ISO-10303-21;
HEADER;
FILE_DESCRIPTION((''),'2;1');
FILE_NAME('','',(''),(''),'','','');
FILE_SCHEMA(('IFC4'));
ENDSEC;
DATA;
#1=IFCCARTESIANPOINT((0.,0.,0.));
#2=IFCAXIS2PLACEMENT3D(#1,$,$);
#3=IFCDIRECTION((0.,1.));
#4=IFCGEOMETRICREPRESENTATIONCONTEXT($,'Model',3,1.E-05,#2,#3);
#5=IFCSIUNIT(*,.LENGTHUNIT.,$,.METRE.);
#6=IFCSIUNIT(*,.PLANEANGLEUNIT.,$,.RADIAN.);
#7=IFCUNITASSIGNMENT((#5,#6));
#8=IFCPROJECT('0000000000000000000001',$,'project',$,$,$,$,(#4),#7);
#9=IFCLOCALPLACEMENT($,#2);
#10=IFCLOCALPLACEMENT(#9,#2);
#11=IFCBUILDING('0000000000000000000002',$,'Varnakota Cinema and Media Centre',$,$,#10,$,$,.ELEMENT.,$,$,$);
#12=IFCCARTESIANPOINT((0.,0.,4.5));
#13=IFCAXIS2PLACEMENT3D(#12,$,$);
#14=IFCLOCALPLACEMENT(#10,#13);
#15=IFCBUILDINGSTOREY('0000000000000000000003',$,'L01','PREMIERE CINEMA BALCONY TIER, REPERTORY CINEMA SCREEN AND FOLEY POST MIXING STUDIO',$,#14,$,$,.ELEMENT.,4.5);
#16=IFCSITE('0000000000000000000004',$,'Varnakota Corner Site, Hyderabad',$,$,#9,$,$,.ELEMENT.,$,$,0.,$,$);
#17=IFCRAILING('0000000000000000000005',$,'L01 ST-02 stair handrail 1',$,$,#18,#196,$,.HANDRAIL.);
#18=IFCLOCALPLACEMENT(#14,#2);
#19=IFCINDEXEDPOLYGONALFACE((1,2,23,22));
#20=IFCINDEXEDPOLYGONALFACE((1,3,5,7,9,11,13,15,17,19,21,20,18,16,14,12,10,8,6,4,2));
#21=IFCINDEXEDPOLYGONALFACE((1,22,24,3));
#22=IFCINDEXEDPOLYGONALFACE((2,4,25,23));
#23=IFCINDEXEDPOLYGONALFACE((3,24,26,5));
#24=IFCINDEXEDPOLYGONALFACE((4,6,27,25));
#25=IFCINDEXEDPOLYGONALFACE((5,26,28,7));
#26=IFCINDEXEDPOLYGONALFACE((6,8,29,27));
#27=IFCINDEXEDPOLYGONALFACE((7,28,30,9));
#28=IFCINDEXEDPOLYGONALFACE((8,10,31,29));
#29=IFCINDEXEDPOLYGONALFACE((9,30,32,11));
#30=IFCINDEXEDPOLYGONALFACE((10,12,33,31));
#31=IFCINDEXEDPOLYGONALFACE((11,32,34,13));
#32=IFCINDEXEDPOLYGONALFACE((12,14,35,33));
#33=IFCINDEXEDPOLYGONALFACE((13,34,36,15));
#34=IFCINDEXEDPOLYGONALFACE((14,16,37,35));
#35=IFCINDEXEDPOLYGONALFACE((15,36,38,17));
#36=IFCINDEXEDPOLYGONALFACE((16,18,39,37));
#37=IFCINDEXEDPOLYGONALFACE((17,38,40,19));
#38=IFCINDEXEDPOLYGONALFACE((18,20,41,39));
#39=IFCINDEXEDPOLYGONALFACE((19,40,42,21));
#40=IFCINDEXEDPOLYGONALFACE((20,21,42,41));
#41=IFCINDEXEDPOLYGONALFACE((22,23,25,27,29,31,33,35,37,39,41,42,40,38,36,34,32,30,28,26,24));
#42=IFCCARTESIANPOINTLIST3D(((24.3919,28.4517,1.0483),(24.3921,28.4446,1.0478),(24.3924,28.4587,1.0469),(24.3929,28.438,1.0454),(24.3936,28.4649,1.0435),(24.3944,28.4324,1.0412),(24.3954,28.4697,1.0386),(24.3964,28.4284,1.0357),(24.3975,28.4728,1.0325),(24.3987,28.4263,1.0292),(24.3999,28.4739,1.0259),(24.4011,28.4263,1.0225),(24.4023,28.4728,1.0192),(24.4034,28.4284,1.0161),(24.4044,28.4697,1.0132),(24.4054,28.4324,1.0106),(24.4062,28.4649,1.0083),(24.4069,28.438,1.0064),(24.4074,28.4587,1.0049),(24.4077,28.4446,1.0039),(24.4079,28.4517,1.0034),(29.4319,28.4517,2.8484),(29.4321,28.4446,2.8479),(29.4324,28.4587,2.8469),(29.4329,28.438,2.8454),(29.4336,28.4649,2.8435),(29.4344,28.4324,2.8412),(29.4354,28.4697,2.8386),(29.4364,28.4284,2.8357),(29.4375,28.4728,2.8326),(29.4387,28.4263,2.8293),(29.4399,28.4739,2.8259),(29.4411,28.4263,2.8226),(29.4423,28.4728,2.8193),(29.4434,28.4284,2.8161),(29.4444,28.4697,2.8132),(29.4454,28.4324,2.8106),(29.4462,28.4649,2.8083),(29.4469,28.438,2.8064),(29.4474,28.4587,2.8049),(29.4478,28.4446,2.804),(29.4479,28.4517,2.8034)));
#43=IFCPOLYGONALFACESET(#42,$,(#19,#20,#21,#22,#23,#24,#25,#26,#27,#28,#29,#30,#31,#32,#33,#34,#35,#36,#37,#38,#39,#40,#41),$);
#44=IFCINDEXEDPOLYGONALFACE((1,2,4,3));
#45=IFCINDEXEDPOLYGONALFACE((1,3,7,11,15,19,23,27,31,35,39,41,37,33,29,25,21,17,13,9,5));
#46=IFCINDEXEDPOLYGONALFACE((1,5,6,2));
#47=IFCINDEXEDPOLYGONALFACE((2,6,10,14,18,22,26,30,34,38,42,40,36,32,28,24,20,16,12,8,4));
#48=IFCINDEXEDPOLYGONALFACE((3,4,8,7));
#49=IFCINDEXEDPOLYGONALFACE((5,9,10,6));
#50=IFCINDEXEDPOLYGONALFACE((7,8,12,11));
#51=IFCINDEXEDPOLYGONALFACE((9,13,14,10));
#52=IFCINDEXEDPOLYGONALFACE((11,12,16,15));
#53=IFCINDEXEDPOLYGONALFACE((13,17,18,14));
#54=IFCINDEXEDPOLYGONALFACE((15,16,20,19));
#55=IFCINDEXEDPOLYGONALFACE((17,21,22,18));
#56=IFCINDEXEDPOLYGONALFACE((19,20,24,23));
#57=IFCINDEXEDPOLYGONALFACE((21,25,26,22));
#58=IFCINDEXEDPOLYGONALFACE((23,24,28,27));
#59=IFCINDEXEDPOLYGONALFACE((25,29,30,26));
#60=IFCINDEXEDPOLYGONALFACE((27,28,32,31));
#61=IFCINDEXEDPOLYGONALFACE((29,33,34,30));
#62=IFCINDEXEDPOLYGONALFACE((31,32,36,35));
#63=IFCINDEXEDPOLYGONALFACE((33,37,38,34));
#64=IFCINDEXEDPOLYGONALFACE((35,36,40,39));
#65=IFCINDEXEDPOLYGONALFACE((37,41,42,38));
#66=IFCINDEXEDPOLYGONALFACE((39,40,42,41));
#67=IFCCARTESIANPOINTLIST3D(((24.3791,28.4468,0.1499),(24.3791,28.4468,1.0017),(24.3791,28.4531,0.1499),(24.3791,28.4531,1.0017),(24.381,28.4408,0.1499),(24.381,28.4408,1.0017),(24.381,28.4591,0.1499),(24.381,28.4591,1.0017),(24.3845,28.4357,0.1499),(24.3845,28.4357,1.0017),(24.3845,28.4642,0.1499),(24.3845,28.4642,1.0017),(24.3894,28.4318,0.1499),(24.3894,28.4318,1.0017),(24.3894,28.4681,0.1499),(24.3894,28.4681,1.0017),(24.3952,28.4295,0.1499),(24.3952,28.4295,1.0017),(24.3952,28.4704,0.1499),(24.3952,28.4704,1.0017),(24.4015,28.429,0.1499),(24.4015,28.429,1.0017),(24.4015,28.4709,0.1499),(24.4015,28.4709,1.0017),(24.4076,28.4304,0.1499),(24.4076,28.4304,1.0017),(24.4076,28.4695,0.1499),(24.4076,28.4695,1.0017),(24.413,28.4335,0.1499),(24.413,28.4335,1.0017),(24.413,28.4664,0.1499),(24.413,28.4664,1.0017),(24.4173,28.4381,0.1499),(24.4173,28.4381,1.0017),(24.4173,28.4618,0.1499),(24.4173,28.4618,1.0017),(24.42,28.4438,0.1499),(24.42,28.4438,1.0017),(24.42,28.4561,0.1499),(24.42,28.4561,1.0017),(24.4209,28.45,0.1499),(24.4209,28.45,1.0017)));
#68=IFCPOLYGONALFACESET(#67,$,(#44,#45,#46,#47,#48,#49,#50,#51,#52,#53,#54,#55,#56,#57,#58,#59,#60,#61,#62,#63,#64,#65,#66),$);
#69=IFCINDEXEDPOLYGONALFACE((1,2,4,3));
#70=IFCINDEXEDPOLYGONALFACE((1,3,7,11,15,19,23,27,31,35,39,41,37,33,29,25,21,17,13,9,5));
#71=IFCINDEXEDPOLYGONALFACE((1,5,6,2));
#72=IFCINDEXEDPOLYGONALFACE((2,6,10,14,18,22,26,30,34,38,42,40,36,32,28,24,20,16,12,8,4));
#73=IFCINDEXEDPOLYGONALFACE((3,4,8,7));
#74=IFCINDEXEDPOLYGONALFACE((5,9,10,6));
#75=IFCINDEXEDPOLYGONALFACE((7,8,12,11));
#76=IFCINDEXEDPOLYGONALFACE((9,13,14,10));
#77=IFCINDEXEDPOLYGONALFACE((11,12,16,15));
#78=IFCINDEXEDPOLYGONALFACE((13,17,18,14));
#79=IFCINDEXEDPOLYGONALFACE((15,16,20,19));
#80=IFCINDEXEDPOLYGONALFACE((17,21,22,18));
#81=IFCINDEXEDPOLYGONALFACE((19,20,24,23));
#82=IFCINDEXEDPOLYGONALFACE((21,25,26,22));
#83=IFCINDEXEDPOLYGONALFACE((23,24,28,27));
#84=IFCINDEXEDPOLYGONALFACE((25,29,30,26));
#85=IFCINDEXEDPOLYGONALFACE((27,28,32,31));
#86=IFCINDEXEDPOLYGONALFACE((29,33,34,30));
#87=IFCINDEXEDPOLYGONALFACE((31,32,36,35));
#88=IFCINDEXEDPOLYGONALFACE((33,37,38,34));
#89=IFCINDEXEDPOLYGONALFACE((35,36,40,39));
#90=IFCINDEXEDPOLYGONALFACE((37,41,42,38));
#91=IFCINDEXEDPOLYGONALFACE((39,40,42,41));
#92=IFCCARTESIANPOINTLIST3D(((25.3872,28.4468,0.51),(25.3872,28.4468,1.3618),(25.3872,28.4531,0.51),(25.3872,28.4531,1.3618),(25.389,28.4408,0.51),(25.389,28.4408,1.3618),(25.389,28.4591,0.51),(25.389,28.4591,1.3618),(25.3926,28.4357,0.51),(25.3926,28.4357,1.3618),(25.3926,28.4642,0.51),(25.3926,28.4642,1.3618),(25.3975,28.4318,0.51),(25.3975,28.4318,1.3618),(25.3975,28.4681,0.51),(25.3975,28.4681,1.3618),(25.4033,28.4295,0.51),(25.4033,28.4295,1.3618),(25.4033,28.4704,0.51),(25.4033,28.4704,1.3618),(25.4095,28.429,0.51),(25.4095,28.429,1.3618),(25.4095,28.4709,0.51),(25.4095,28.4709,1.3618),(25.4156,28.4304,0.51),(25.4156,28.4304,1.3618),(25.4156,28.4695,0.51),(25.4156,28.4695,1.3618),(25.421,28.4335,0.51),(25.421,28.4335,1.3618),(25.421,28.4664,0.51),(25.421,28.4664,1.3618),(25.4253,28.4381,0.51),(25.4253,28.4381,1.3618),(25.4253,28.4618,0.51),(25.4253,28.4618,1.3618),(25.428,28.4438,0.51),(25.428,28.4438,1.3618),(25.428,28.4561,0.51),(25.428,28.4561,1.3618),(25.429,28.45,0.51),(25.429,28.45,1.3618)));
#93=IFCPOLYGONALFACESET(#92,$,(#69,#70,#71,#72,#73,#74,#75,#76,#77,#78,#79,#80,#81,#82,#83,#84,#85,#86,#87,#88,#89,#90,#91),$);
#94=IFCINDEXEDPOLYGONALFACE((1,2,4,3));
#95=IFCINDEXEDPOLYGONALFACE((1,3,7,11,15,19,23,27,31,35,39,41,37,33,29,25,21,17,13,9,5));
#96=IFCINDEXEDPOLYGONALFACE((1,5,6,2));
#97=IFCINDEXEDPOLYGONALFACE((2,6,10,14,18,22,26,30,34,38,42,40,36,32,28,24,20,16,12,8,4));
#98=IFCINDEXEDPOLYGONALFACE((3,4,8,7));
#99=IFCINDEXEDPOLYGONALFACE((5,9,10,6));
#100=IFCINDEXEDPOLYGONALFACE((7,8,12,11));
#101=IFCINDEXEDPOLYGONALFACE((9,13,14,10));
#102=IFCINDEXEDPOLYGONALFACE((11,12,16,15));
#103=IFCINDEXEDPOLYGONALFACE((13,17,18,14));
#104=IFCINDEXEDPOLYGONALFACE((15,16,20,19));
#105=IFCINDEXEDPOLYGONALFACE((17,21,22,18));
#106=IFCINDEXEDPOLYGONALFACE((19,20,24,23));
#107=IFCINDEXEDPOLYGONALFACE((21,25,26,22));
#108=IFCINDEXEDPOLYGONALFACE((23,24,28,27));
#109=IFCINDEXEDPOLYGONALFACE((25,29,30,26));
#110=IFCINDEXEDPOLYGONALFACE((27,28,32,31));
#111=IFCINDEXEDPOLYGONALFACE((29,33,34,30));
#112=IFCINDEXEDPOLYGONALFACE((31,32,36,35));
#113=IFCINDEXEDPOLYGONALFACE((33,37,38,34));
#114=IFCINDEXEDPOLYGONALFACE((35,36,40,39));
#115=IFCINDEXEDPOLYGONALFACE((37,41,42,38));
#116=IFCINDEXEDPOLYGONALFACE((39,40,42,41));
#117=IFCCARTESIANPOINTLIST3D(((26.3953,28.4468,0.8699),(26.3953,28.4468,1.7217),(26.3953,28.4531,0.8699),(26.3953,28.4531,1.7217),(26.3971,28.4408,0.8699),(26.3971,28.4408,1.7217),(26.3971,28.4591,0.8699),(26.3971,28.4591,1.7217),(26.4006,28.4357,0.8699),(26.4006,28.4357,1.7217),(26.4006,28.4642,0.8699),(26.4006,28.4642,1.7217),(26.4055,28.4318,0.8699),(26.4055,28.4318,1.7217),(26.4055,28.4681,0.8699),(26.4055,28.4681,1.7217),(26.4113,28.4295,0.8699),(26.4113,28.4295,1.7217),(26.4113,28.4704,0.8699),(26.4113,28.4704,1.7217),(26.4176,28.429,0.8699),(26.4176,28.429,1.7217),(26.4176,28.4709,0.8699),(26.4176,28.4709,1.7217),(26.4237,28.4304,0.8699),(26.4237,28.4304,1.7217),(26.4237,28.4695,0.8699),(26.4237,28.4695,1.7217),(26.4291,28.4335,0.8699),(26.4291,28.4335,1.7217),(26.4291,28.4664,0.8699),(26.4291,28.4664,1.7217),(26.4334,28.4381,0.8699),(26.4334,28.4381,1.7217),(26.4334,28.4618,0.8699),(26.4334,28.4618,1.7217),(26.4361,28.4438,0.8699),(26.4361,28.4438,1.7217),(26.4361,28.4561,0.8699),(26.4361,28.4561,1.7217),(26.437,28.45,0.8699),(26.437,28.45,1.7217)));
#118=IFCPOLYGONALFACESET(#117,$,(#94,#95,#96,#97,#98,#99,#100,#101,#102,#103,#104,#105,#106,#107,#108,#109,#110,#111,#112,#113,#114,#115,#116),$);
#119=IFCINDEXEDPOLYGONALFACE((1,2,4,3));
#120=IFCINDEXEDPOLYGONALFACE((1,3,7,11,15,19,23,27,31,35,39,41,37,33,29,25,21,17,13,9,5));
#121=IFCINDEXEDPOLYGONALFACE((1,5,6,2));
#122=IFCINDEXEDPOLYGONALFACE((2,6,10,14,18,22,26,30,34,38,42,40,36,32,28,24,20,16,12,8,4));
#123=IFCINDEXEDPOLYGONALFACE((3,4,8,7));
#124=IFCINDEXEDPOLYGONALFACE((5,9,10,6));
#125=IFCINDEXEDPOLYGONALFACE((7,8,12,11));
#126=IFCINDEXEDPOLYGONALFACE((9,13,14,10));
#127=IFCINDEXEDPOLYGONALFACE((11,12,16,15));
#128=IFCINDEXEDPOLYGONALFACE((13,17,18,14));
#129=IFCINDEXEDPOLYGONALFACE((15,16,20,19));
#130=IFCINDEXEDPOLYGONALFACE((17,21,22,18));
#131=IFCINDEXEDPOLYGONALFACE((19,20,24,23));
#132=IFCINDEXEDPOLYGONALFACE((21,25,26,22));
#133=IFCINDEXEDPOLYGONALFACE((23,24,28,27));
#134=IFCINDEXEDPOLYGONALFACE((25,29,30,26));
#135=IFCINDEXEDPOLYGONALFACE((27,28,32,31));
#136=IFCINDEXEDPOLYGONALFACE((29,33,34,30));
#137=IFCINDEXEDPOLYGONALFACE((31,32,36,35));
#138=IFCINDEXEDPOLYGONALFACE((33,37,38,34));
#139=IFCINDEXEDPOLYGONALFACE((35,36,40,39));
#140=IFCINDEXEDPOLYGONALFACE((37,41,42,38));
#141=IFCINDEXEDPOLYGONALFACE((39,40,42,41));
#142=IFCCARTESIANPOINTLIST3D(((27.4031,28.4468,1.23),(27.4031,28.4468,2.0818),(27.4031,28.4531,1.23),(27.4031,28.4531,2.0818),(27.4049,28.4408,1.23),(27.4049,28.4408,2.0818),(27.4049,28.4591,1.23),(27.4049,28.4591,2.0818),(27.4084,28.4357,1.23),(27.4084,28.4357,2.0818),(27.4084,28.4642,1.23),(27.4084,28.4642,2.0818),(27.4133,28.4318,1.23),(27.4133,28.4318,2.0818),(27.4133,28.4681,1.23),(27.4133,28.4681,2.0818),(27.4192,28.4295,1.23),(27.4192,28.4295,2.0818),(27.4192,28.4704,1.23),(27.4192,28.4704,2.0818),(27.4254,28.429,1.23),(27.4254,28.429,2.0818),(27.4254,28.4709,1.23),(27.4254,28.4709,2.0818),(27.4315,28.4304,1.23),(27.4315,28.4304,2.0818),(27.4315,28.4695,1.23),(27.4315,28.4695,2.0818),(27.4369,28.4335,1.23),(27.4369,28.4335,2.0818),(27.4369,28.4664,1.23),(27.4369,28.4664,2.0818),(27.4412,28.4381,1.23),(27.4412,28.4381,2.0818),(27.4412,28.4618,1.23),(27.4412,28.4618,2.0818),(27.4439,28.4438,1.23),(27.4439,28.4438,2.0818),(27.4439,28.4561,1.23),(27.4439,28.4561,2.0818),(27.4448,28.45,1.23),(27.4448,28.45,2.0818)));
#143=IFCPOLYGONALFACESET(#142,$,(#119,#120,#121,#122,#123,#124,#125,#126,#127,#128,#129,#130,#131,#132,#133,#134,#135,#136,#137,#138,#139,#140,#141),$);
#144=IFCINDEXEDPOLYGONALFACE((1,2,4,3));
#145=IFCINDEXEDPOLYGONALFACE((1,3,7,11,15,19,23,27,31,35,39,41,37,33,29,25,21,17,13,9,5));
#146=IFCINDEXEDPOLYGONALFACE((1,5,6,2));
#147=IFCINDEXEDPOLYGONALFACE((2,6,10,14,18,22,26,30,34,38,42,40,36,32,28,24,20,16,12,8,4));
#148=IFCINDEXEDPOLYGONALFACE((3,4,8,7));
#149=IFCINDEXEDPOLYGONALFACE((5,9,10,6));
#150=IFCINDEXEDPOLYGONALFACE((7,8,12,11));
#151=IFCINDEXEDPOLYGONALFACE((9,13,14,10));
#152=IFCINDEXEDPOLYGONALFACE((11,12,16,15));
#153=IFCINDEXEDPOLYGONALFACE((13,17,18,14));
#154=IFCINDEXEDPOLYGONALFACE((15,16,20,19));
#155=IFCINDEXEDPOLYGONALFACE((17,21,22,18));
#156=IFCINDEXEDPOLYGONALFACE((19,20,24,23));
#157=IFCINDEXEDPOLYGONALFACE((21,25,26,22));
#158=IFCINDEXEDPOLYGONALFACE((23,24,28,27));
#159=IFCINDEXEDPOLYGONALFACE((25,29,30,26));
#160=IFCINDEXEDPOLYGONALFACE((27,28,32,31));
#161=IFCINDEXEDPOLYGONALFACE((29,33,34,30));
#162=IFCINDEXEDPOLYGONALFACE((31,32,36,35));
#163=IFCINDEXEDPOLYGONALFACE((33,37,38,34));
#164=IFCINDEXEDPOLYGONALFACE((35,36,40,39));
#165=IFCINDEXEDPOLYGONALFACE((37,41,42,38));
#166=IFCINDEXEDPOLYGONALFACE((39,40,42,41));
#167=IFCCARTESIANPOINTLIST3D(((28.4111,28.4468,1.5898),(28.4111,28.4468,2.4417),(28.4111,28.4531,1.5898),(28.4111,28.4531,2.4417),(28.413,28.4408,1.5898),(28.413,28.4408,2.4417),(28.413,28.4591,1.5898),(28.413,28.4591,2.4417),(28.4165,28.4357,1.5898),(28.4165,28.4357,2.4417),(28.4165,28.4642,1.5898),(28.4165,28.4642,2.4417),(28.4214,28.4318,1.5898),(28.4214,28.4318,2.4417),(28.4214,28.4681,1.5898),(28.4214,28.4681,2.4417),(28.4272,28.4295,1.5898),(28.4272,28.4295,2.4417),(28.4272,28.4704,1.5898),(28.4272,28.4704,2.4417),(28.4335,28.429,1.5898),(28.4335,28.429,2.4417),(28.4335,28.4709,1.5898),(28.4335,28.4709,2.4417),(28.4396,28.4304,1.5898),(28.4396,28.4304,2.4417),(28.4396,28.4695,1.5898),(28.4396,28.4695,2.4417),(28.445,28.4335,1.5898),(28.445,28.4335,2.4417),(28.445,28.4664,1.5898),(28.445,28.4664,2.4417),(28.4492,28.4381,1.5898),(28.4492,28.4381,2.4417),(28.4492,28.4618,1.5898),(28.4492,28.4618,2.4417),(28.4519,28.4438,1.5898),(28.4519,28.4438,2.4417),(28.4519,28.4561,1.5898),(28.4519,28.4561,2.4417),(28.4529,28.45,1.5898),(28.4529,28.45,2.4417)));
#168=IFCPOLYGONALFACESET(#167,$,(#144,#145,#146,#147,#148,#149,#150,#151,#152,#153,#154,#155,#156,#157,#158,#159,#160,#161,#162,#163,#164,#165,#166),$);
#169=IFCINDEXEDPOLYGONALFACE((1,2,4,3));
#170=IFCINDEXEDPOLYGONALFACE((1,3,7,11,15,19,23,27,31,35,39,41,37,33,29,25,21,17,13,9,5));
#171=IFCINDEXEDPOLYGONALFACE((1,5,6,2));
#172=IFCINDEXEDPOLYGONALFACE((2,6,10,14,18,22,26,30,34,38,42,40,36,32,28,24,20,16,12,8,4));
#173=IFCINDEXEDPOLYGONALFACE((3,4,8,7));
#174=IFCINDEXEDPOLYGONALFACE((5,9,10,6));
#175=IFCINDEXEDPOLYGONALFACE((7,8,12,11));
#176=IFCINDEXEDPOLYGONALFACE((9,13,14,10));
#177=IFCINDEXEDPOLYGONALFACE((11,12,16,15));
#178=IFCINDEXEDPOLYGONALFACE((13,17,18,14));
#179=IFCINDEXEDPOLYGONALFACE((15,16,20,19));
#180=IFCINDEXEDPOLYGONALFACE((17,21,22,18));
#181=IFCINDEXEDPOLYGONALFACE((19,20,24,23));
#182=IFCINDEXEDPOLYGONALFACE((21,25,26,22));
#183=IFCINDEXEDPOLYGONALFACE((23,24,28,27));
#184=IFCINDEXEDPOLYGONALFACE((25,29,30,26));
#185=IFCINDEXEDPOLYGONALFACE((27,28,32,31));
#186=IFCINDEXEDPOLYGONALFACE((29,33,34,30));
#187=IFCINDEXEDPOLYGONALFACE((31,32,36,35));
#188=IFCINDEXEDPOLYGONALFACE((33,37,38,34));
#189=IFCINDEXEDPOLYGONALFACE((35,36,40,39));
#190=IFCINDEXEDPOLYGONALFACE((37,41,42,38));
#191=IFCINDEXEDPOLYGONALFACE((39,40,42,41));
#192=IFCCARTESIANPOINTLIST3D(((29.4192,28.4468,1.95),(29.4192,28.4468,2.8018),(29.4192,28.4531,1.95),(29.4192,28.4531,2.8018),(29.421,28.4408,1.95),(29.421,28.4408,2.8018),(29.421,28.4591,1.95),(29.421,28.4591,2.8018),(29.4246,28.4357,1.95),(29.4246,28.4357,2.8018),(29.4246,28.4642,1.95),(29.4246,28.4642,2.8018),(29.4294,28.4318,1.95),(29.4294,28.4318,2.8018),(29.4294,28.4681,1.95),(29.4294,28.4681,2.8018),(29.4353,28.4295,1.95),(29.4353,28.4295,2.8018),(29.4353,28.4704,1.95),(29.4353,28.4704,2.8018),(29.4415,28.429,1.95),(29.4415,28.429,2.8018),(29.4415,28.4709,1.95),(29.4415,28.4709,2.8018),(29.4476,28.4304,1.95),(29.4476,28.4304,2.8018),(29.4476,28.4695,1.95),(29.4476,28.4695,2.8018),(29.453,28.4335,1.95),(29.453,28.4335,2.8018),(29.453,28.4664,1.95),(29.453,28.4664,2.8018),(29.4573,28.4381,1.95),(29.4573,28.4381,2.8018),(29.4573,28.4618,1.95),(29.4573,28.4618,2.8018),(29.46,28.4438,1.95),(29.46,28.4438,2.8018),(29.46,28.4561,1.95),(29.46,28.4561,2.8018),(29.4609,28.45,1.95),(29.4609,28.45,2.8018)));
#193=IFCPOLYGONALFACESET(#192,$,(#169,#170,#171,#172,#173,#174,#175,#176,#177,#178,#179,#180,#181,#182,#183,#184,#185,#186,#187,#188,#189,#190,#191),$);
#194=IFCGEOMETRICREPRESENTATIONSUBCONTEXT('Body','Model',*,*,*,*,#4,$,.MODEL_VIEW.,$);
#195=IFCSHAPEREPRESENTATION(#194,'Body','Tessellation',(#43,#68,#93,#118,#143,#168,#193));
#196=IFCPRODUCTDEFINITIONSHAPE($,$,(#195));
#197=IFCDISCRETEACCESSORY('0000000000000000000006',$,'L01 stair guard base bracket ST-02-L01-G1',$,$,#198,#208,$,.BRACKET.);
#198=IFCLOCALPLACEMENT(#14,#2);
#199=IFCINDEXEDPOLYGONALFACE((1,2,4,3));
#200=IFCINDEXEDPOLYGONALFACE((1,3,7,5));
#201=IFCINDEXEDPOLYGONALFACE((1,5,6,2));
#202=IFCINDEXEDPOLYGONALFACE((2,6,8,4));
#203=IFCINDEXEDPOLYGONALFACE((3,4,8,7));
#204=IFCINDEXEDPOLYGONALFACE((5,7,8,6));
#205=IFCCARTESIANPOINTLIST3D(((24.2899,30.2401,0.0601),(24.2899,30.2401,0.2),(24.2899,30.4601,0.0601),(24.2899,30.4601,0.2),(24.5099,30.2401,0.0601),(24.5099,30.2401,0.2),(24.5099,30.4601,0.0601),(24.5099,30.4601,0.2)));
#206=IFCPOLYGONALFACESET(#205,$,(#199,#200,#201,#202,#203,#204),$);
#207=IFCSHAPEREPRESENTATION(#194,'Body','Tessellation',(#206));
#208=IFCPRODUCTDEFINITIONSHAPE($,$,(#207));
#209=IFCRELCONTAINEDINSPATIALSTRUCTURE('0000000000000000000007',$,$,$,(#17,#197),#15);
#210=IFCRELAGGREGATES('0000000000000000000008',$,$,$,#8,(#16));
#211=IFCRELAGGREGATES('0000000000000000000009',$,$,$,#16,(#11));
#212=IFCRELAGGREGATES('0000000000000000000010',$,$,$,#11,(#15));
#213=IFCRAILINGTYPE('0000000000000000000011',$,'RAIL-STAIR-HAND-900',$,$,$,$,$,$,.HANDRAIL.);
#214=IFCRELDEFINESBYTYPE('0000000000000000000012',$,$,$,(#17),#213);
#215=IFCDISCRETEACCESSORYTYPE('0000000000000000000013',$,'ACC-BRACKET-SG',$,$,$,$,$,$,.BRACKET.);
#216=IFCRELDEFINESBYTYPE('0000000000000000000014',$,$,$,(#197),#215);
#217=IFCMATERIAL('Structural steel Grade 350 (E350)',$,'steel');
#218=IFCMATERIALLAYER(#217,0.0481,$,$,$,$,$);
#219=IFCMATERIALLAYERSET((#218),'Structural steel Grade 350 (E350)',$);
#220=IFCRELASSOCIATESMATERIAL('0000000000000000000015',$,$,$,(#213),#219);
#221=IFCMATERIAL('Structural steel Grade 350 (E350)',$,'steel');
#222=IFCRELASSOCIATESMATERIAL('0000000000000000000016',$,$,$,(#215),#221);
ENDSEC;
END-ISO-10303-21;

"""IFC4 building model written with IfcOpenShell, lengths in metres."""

from ifc_helpers import new_model, si_unit, direction, frame, origin, origin_2d, place, context, subcontext, project, spatial, rectangle, circle, extrude, material, layer, layer_set, type_object, element, save


model = new_model("IFC4")

# Units and contexts
model_context = context("Model", 3, precision=1e-05, world=origin(), true_north=direction((0.0, 1.0)))
body_context = subcontext(model_context, "Body", "Model", "MODEL_VIEW")
ifc_project = project(units=[si_unit("LENGTHUNIT", "METRE"), si_unit("PLANEANGLEUNIT", "RADIAN")], contexts=[model_context])

# Site, building, storey
site_placement = place(None, origin())
site = spatial("IfcSite", under=ifc_project, at=site_placement, Name="Varnakota Corner Site, Hyderabad", CompositionType="ELEMENT", RefElevation=0.0)
building_placement = place(site_placement, origin())
building = spatial("IfcBuilding", under=site, at=building_placement, Name="Varnakota Cinema and Media Centre", CompositionType="ELEMENT")
storey_placement = place(building_placement, frame((0.0, 0.0, 4.5)))
storey = spatial("IfcBuildingStorey", under=building, at=storey_placement, Name="L01", Description="PREMIERE CINEMA BALCONY TIER, REPERTORY CINEMA SCREEN AND FOLEY POST MIXING STUDIO", CompositionType="ELEMENT", Elevation=4.5)

# Railing
ifc_material_1 = material(Name="Structural steel Grade 350 (E350)", Category="steel")
ifc_layer_1 = layer(ifc_material_1, 0.0481)
ifc_layer_set_1 = layer_set([ifc_layer_1], Name="Structural steel Grade 350 (E350)")
railing_type_1 = type_object("IfcRailingType", Name="RAIL-STAIR-HAND-900", PredefinedType="HANDRAIL", material=ifc_layer_set_1)
railing_1_placement = place(storey_placement, frame((24.3999, 28.45, 0.1499)))
element("IfcRailing", 1, at=railing_1_placement, inside=storey, type_object=railing_type_1, Name="L01 ST-02 stair handrail 1", PredefinedType="HANDRAIL", context=body_context, shape_type="SweptSolid", body=[
    extrude(circle(Radius=0.0239, at=origin_2d()), frame((0.0, 0.0, 0.876), z_axis=(0.94174, 0.0, 0.336342), x_axis=(0.0, 1.0, 0.0)), (0.0, 0.0, 1.0), 5.3518),
    extrude(circle(Radius=0.021, at=origin_2d()), origin(), (0.0, 0.0, 1.0), 0.8518),
    extrude(circle(Radius=0.021, at=origin_2d()), frame((1.0081, 0.0, 0.3601)), (0.0, 0.0, 1.0), 0.8518),
    extrude(circle(Radius=0.021, at=origin_2d()), frame((2.0161, 0.0, 0.72)), (0.0, 0.0, 1.0), 0.8518),
    extrude(circle(Radius=0.021, at=origin_2d()), frame((3.0239, 0.0, 1.0801)), (0.0, 0.0, 1.0), 0.8518),
    extrude(circle(Radius=0.021, at=origin_2d()), frame((4.032, 0.0, 1.4399)), (0.0, 0.0, 1.0), 0.8518),
    extrude(circle(Radius=0.021, at=origin_2d()), frame((5.04, 0.0, 1.8)), (0.0, 0.0, 1.0), 0.8518),
])

# Discrete accessory
ifc_material_2 = material(Name="Structural steel Grade 350 (E350)", Category="steel")
discrete_accessory_type = type_object("IfcDiscreteAccessoryType", Name="ACC-BRACKET-SG", PredefinedType="BRACKET", material=ifc_material_2)
discrete_accessory_placement = place(storey_placement, frame((24.3999, 30.3501, 0.0601), z_axis=(0.0, 0.0, 1.0), x_axis=(1.0, 0.0, 0.0)))
element("IfcDiscreteAccessory", 2, at=discrete_accessory_placement, inside=storey, type_object=discrete_accessory_type, Name="L01 stair guard base bracket ST-02-L01-G1", PredefinedType="BRACKET", context=body_context, shape_type="SweptSolid", body=[
    extrude(rectangle(XDim=0.22, YDim=0.22, at=origin_2d()), origin(), (0.0, 0.0, 1.0), 0.1399),
])

save(model, "model.ifc")
